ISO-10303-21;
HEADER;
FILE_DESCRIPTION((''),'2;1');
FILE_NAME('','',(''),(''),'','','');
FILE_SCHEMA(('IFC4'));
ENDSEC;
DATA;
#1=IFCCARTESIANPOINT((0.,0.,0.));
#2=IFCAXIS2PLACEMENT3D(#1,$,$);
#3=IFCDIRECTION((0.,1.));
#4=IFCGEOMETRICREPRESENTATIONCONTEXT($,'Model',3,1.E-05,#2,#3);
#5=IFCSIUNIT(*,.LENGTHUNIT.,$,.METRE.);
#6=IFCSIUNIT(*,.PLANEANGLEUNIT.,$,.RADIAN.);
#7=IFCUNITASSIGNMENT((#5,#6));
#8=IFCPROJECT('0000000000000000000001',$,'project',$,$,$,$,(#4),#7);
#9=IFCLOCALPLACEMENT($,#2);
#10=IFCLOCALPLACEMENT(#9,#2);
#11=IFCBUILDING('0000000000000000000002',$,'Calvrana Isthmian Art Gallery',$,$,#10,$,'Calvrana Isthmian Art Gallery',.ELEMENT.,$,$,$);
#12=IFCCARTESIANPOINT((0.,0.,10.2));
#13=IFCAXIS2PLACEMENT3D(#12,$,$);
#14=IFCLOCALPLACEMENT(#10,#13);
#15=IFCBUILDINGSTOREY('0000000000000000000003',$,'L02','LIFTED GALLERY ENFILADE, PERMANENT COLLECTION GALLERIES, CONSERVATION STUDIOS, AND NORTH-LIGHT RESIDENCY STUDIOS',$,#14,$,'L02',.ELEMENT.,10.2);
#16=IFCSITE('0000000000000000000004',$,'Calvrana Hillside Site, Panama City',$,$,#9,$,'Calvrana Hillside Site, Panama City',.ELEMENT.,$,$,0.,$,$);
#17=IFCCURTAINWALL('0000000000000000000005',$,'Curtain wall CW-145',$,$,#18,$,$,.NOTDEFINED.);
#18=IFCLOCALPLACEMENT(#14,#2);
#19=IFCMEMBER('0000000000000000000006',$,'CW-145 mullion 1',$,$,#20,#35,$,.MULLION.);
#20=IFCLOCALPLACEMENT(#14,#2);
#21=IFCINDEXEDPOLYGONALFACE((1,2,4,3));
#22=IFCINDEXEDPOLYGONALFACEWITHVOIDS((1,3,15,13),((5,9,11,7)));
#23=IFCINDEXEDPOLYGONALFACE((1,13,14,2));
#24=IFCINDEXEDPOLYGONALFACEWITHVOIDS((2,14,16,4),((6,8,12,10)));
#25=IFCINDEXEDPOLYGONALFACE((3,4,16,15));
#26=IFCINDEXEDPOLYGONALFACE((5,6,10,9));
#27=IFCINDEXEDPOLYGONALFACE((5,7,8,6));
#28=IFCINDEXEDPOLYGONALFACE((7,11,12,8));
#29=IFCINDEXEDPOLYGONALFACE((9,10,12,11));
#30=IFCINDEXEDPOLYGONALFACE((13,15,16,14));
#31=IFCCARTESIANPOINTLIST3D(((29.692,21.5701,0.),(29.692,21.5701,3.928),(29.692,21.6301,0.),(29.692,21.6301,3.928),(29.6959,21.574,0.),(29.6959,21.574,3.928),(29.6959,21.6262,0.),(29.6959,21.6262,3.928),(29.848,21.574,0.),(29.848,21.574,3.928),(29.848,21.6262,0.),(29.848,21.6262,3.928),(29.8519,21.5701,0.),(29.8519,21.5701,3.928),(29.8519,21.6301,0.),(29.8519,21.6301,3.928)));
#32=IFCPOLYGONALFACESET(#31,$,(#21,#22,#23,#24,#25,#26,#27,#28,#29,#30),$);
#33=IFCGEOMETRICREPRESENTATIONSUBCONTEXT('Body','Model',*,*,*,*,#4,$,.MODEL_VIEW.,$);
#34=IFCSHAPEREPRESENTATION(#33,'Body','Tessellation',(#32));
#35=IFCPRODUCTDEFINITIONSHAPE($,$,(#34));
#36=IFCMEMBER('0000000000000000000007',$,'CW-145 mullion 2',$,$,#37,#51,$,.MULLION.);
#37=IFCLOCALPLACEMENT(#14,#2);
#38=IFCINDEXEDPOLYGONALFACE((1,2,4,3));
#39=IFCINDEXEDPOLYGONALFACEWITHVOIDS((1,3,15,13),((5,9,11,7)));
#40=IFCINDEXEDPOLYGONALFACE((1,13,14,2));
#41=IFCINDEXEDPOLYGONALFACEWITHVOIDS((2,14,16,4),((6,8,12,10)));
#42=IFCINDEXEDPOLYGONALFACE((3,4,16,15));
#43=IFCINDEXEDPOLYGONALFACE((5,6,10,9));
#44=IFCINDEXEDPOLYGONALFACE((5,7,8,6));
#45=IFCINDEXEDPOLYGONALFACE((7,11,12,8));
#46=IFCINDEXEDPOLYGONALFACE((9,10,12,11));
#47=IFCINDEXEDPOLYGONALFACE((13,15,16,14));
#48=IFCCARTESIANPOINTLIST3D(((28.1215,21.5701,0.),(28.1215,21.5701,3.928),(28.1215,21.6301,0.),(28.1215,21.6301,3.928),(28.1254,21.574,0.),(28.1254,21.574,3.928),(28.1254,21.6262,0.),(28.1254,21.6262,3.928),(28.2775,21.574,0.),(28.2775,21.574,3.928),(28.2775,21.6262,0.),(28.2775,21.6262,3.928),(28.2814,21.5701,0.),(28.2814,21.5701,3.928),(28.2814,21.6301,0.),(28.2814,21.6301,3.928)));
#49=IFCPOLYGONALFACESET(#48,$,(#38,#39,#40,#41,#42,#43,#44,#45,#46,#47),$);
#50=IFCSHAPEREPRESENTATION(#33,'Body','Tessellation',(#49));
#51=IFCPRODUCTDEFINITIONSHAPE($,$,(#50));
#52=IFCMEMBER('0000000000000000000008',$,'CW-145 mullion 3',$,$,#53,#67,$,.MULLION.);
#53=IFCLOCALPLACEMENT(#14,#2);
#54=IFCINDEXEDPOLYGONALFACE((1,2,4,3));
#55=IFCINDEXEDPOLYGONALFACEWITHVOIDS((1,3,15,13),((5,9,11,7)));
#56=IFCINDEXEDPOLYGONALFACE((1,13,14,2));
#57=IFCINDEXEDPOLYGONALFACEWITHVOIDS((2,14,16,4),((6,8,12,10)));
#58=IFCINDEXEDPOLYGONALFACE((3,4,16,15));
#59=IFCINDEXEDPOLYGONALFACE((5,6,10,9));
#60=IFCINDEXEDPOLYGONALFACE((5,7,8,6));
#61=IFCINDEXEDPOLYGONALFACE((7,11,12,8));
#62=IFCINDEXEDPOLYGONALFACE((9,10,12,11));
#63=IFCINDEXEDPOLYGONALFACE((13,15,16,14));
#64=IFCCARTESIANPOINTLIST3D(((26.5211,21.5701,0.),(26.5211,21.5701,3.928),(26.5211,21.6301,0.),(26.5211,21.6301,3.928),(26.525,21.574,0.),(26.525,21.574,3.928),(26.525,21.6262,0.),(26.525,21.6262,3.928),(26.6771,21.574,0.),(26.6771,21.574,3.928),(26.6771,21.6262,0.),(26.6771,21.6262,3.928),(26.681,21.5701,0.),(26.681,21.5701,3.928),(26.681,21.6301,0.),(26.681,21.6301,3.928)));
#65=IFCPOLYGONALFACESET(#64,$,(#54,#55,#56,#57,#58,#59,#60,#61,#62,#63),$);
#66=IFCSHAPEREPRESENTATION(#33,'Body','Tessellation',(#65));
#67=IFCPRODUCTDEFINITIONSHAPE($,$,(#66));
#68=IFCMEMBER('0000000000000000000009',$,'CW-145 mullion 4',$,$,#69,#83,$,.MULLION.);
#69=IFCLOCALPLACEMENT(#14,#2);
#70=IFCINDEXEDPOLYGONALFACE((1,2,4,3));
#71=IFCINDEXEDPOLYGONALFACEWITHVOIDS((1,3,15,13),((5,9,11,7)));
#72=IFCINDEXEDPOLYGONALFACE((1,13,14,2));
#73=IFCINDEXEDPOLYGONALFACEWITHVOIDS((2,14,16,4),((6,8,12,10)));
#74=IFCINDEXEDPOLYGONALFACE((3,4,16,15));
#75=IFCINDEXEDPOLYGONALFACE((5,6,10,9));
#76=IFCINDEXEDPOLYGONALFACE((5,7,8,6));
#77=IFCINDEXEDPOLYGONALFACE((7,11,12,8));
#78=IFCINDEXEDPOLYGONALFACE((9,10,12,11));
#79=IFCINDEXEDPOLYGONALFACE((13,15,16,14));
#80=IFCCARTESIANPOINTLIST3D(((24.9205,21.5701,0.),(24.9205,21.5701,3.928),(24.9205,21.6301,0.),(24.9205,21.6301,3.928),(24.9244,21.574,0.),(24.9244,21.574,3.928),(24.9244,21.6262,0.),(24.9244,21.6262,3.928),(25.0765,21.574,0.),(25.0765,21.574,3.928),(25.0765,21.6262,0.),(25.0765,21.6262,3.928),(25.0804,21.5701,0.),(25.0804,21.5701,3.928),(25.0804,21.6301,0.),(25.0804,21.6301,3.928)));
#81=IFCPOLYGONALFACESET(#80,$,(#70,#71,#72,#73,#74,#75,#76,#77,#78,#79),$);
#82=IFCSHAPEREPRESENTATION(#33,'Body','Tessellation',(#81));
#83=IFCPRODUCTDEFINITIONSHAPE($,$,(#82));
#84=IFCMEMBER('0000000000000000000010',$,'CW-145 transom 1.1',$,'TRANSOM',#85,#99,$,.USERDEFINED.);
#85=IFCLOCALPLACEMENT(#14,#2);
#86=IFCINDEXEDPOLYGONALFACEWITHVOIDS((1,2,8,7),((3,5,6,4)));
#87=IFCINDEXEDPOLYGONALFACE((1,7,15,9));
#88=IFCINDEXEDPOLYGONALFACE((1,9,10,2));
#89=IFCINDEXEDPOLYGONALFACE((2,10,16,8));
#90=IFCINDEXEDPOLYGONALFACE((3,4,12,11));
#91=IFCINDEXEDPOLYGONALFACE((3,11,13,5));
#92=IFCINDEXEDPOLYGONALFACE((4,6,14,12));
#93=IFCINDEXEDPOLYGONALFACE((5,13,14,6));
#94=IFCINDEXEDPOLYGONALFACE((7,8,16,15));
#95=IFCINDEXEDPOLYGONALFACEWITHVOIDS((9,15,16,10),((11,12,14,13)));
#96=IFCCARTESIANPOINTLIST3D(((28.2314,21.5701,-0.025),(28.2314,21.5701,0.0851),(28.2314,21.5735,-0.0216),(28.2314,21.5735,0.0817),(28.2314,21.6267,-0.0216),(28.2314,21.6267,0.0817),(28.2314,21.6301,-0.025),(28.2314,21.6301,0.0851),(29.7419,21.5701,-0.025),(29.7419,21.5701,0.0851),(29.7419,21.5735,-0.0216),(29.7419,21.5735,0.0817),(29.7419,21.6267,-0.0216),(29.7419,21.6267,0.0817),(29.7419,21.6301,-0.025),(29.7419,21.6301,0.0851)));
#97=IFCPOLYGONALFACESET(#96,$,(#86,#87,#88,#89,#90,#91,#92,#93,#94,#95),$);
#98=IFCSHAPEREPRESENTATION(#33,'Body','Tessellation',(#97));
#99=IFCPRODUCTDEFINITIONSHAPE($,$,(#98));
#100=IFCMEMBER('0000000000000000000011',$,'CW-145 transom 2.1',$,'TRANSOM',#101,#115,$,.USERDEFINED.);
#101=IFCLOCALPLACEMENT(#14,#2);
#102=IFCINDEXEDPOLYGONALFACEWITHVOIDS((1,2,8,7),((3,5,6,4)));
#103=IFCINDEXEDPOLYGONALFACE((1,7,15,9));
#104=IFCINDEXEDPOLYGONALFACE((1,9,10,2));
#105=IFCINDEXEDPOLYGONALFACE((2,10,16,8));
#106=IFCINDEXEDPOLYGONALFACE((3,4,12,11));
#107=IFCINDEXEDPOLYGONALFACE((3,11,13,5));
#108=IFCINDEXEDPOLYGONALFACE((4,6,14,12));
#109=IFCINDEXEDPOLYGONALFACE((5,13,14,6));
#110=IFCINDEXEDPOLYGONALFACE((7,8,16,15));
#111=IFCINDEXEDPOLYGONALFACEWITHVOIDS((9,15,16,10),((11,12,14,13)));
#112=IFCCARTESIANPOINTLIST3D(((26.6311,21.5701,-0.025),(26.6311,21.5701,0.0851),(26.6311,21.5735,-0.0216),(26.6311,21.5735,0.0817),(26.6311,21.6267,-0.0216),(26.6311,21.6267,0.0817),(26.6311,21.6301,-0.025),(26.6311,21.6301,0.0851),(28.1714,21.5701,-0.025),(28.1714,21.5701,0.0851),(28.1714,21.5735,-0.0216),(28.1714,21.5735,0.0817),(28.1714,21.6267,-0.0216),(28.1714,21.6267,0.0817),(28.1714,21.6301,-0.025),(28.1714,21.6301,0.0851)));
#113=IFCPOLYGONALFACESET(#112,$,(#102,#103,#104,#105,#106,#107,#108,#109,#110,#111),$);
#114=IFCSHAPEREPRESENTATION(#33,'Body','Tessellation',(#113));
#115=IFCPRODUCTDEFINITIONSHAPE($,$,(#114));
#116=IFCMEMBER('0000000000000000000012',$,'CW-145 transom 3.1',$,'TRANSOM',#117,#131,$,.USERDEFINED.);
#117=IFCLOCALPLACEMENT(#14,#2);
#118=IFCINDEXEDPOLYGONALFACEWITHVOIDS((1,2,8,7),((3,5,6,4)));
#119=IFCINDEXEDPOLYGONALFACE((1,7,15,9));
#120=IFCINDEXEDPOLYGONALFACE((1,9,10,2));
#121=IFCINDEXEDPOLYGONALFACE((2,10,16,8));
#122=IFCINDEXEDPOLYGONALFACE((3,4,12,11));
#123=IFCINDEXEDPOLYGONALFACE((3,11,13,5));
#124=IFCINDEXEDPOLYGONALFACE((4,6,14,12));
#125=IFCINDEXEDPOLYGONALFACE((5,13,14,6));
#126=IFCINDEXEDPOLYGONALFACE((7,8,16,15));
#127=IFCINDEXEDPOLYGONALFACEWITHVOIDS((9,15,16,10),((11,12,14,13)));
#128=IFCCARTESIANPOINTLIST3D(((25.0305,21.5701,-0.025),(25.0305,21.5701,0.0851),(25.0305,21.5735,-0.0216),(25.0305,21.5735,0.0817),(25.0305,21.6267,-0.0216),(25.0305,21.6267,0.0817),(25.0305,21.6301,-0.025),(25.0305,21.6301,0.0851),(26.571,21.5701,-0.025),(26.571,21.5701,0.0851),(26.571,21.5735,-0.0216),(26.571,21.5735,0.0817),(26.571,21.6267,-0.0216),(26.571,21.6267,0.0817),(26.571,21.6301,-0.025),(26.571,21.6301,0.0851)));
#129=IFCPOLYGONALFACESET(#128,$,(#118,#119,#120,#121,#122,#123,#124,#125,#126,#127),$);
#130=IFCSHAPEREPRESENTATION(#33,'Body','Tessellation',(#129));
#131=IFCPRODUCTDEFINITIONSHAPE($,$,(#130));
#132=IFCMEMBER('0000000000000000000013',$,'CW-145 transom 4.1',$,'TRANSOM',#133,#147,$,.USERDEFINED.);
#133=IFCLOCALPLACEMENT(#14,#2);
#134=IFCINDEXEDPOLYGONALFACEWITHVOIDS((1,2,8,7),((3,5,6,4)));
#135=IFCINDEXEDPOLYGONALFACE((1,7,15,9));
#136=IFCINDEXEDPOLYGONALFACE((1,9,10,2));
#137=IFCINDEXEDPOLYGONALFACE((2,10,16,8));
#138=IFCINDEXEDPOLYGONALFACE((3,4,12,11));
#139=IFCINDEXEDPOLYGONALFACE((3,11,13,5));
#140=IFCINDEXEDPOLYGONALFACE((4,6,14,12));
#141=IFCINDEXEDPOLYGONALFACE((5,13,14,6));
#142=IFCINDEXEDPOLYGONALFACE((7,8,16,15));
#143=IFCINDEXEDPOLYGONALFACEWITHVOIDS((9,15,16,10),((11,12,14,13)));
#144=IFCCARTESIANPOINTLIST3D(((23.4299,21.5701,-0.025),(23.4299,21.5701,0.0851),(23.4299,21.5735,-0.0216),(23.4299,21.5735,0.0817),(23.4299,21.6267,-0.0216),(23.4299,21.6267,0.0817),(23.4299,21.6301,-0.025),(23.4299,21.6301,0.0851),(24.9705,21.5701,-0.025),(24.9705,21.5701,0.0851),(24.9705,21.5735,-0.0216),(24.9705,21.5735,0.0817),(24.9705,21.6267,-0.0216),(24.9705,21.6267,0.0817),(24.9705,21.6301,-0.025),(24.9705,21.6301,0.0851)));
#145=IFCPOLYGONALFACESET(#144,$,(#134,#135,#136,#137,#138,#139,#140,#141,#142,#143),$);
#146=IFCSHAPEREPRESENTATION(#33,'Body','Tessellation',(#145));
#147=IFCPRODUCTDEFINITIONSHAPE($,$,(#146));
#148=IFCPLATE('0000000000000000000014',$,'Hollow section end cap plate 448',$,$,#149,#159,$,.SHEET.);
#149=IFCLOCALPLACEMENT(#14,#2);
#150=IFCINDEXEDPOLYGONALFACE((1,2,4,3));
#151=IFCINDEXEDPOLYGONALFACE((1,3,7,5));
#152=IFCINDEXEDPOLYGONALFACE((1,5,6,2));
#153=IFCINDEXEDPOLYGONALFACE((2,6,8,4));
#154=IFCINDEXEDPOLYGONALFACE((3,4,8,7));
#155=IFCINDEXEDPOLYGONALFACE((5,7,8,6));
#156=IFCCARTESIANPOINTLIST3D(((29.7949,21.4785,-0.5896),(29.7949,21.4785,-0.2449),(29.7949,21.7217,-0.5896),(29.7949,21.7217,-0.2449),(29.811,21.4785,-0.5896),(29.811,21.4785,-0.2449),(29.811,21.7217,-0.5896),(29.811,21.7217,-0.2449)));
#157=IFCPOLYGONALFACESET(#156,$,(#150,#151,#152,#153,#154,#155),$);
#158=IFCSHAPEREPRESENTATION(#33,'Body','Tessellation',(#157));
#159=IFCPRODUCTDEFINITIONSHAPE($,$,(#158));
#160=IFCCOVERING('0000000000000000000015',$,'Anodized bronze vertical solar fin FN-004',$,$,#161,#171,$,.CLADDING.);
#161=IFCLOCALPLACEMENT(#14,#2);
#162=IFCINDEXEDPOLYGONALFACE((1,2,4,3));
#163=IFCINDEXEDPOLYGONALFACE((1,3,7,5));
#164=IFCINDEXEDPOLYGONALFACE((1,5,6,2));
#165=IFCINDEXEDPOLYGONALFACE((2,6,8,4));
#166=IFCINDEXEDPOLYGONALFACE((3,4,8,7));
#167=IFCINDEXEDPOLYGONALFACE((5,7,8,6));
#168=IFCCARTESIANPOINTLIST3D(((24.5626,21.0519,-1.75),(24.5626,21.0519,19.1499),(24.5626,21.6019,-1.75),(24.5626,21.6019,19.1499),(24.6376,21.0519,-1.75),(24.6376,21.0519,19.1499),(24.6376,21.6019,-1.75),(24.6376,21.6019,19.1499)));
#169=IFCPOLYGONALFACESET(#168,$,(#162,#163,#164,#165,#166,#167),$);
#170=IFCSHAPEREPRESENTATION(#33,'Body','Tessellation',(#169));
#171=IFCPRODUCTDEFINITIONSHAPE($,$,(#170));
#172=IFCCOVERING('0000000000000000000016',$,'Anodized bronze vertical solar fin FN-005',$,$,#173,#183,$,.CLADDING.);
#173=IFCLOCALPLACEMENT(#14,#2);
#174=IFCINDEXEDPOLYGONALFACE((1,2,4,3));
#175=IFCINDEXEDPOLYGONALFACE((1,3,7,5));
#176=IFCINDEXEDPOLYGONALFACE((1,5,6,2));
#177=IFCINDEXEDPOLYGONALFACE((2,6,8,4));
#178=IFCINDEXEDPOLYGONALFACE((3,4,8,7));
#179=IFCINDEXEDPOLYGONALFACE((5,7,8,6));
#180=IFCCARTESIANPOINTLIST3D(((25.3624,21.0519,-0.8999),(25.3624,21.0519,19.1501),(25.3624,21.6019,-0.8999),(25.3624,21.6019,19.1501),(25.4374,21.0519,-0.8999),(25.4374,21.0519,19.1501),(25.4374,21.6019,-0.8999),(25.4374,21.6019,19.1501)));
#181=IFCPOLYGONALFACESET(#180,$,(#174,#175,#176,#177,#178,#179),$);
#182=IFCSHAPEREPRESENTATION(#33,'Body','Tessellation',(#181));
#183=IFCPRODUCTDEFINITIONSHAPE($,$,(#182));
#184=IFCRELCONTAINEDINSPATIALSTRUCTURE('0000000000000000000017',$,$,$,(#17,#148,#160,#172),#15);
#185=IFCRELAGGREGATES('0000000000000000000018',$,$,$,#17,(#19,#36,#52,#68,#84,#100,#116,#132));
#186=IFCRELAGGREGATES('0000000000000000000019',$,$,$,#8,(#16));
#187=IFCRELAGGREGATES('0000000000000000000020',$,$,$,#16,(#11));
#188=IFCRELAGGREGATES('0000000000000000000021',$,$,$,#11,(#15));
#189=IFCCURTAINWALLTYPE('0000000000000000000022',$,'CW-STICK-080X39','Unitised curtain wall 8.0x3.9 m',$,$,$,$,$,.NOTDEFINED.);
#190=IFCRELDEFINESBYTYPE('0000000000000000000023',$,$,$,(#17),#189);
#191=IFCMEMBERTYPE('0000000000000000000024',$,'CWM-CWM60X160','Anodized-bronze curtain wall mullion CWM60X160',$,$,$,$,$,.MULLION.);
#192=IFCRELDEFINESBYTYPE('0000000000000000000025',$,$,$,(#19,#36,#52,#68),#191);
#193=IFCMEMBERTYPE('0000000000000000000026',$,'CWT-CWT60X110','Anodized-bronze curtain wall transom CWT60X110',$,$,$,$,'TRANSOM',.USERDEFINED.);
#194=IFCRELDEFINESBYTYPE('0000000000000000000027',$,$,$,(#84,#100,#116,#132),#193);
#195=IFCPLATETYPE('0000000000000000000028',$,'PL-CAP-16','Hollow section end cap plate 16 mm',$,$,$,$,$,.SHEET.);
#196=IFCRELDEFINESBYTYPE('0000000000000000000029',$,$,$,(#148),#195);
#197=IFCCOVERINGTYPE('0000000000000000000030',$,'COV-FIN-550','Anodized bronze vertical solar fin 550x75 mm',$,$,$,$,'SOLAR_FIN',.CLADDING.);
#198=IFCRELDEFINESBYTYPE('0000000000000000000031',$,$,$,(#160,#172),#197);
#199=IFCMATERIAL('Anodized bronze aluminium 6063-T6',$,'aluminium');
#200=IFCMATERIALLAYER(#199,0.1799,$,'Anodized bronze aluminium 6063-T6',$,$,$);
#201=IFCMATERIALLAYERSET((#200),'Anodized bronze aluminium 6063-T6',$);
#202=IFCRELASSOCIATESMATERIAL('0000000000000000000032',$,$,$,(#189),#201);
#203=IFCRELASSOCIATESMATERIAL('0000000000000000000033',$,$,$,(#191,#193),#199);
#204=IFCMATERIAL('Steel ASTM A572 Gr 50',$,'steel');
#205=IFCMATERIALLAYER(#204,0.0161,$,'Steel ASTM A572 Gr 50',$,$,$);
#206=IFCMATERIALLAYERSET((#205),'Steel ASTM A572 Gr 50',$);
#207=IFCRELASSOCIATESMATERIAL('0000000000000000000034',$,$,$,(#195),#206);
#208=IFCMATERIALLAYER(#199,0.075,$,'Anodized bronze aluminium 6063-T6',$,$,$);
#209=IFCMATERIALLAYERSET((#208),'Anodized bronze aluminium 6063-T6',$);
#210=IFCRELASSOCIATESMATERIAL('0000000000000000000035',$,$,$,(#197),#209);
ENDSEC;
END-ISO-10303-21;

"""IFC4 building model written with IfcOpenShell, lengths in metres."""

from ifc_helpers import new_model, si_unit, direction, frame, origin, origin_2d, place, context, subcontext, project, spatial, rectangle, hollow_rectangle, extrude, material, layer, layer_set, material_profile, profile_set, type_object, element, aggregate, save


model = new_model("IFC4")

# Units and contexts
model_context = context("Model", 3, precision=1e-05, world=origin(), true_north=direction((0.0, 1.0)))
body_context = subcontext(model_context, "Body", "Model", "MODEL_VIEW")
ifc_project = project(units=[si_unit("LENGTHUNIT", "METRE"), si_unit("PLANEANGLEUNIT", "RADIAN")], contexts=[model_context])

# Site, building, storey
site_placement = place(None, origin())
site = spatial("IfcSite", under=ifc_project, at=site_placement, Name="Calvrana Hillside Site, Panama City", LongName="Calvrana Hillside Site, Panama City", CompositionType="ELEMENT", RefElevation=0.0)
building_placement = place(site_placement, origin())
building = spatial("IfcBuilding", under=site, at=building_placement, Name="Calvrana Isthmian Art Gallery", LongName="Calvrana Isthmian Art Gallery", CompositionType="ELEMENT")
storey_placement = place(building_placement, frame((0.0, 0.0, 10.2)))
storey = spatial("IfcBuildingStorey", under=building, at=storey_placement, Name="L02", Description="LIFTED GALLERY ENFILADE, PERMANENT COLLECTION GALLERIES, CONSERVATION STUDIOS, AND NORTH-LIGHT RESIDENCY STUDIOS", LongName="L02", CompositionType="ELEMENT", Elevation=10.2)

# Curtain wall, members
ifc_material_1 = material(Name="Anodized bronze aluminium 6063-T6", Category="aluminium")
ifc_layer_1 = layer(ifc_material_1, 0.1799, Name="Anodized bronze aluminium 6063-T6")
ifc_layer_set_1 = layer_set([ifc_layer_1], Name="Anodized bronze aluminium 6063-T6")
curtain_wall_type = type_object("IfcCurtainWallType", Name="CW-STICK-080X39", Description="Unitised curtain wall 8.0x3.9 m", PredefinedType="NOTDEFINED", material=ifc_layer_set_1)
curtain_wall_placement = place(storey_placement, origin())
curtain_wall = element("IfcCurtainWall", 1, at=curtain_wall_placement, inside=storey, type_object=curtain_wall_type, Name="Curtain wall CW-145", PredefinedType="NOTDEFINED")
ifc_material_profile_1 = material_profile(ifc_material_1, hollow_rectangle(XDim=0.0601, YDim=0.1599, WallThickness=0.0039, at=origin_2d()), Name="CWM60X160")
ifc_profile_set_1 = profile_set([ifc_material_profile_1], Name="Anodized bronze aluminium 6063-T6")
member_type_1 = type_object("IfcMemberType", Name="CWM-CWM60X160", Description="Anodized-bronze curtain wall mullion CWM60X160", PredefinedType="MULLION", material=ifc_profile_set_1)
member_1_placement = place(storey_placement, frame((29.772, 21.6001, 0.0), z_axis=(0.0, 0.0, 1.0), x_axis=(0.0, -1.0, 0.0)))
member_1 = element("IfcMember", 2, at=member_1_placement, type_object=member_type_1, Name="CW-145 mullion 1", PredefinedType="MULLION", context=body_context, shape_type="SweptSolid", body=[
    extrude(hollow_rectangle(XDim=0.0601, YDim=0.1599, WallThickness=0.0039, at=origin_2d()), origin(), (0.0, 0.0, 1.0), 3.928),
])
member_2_placement = place(storey_placement, frame((28.2014, 21.6001, 0.0), z_axis=(0.0, 0.0, 1.0), x_axis=(0.0, -1.0, 0.0)))
member_2 = element("IfcMember", 3, at=member_2_placement, type_object=member_type_1, Name="CW-145 mullion 2", PredefinedType="MULLION", context=body_context, shape_type="SweptSolid", body=[
    extrude(hollow_rectangle(XDim=0.0601, YDim=0.1599, WallThickness=0.0039, at=origin_2d()), origin(), (0.0, 0.0, 1.0), 3.928),
])
member_3_placement = place(storey_placement, frame((26.6011, 21.6001, 0.0), z_axis=(0.0, 0.0, 1.0), x_axis=(0.0, -1.0, 0.0)))
member_3 = element("IfcMember", 4, at=member_3_placement, type_object=member_type_1, Name="CW-145 mullion 3", PredefinedType="MULLION", context=body_context, shape_type="SweptSolid", body=[
    extrude(hollow_rectangle(XDim=0.0601, YDim=0.1599, WallThickness=0.0039, at=origin_2d()), origin(), (0.0, 0.0, 1.0), 3.928),
])
member_4_placement = place(storey_placement, frame((25.0005, 21.6001, 0.0), z_axis=(0.0, 0.0, 1.0), x_axis=(0.0, -1.0, 0.0)))
member_4 = element("IfcMember", 5, at=member_4_placement, type_object=member_type_1, Name="CW-145 mullion 4", PredefinedType="MULLION", context=body_context, shape_type="SweptSolid", body=[
    extrude(hollow_rectangle(XDim=0.0601, YDim=0.1599, WallThickness=0.0039, at=origin_2d()), origin(), (0.0, 0.0, 1.0), 3.928),
])
ifc_material_profile_2 = material_profile(ifc_material_1, hollow_rectangle(XDim=0.0601, YDim=0.1101, WallThickness=0.0034, at=origin_2d()), Name="CWT60X110")
ifc_profile_set_2 = profile_set([ifc_material_profile_2], Name="Anodized bronze aluminium 6063-T6")
member_type_2 = type_object("IfcMemberType", Name="CWT-CWT60X110", Description="Anodized-bronze curtain wall transom CWT60X110", ElementType="TRANSOM", PredefinedType="USERDEFINED", material=ifc_profile_set_2)
member_5_placement = place(storey_placement, frame((29.7419, 21.6001, 0.03), z_axis=(-1.0, 0.0, 0.0), x_axis=(0.0, -1.0, 0.0)))
member_5 = element("IfcMember", 6, at=member_5_placement, type_object=member_type_2, Name="CW-145 transom 1.1", ObjectType="TRANSOM", PredefinedType="USERDEFINED", context=body_context, shape_type="SweptSolid", body=[
    extrude(hollow_rectangle(XDim=0.0601, YDim=0.1101, WallThickness=0.0034, at=origin_2d()), origin(), (0.0, 0.0, 1.0), 1.5105),
])
member_6_placement = place(storey_placement, frame((28.1714, 21.6001, 0.03), z_axis=(-1.0, 0.0, 0.0), x_axis=(0.0, -1.0, 0.0)))
member_6 = element("IfcMember", 7, at=member_6_placement, type_object=member_type_2, Name="CW-145 transom 2.1", ObjectType="TRANSOM", PredefinedType="USERDEFINED", context=body_context, shape_type="SweptSolid", body=[
    extrude(hollow_rectangle(XDim=0.0601, YDim=0.1101, WallThickness=0.0034, at=origin_2d()), origin(), (0.0, 0.0, 1.0), 1.5403),
])
member_7_placement = place(storey_placement, frame((26.571, 21.6001, 0.03), z_axis=(-1.0, 0.0, 0.0), x_axis=(0.0, -1.0, 0.0)))
member_7 = element("IfcMember", 8, at=member_7_placement, type_object=member_type_2, Name="CW-145 transom 3.1", ObjectType="TRANSOM", PredefinedType="USERDEFINED", context=body_context, shape_type="SweptSolid", body=[
    extrude(hollow_rectangle(XDim=0.0601, YDim=0.1101, WallThickness=0.0034, at=origin_2d()), origin(), (0.0, 0.0, 1.0), 1.5405),
])
member_8_placement = place(storey_placement, frame((24.9705, 21.6001, 0.03), z_axis=(-1.0, 0.0, 0.0), x_axis=(0.0, -1.0, 0.0)))
member_8 = element("IfcMember", 9, at=member_8_placement, type_object=member_type_2, Name="CW-145 transom 4.1", ObjectType="TRANSOM", PredefinedType="USERDEFINED", context=body_context, shape_type="SweptSolid", body=[
    extrude(hollow_rectangle(XDim=0.0601, YDim=0.1101, WallThickness=0.0034, at=origin_2d()), origin(), (0.0, 0.0, 1.0), 1.5405),
])
aggregate(curtain_wall, [member_1, member_2, member_3, member_4, member_5, member_6, member_7, member_8])

# Plate
ifc_material_2 = material(Name="Steel ASTM A572 Gr 50", Category="steel")
ifc_layer_2 = layer(ifc_material_2, 0.0161, Name="Steel ASTM A572 Gr 50")
ifc_layer_set_2 = layer_set([ifc_layer_2], Name="Steel ASTM A572 Gr 50")
plate_type = type_object("IfcPlateType", Name="PL-CAP-16", Description="Hollow section end cap plate 16 mm", PredefinedType="SHEET", material=ifc_layer_set_2)
plate_placement = place(storey_placement, frame((29.803, 21.6001, -0.5896), z_axis=(0.0, 0.0, 1.0), x_axis=(1.0, 0.0, 0.0)))
element("IfcPlate", 10, at=plate_placement, inside=storey, type_object=plate_type, Name="Hollow section end cap plate 448", PredefinedType="SHEET", context=body_context, shape_type="SweptSolid", body=[
    extrude(rectangle(XDim=0.0161, YDim=0.2432, at=origin_2d()), origin(), (0.0, 0.0, 1.0), 0.3447),
])

# Coverings
ifc_layer_3 = layer(ifc_material_1, 0.075, Name="Anodized bronze aluminium 6063-T6")
ifc_layer_set_3 = layer_set([ifc_layer_3], Name="Anodized bronze aluminium 6063-T6")
covering_type = type_object("IfcCoveringType", Name="COV-FIN-550", Description="Anodized bronze vertical solar fin 550x75 mm", ElementType="SOLAR_FIN", PredefinedType="CLADDING", material=ifc_layer_set_3)
covering_1_placement = place(storey_placement, frame((24.6001, 21.3269, -1.75), z_axis=(0.0, 0.0, 1.0), x_axis=(1.0, 0.0, 0.0)))
element("IfcCovering", 11, at=covering_1_placement, inside=storey, type_object=covering_type, Name="Anodized bronze vertical solar fin FN-004", PredefinedType="CLADDING", context=body_context, shape_type="SweptSolid", body=[
    extrude(rectangle(XDim=0.075, YDim=0.55, at=origin_2d()), origin(), (0.0, 0.0, 1.0), 20.8999),
])
covering_2_placement = place(storey_placement, frame((25.3999, 21.3269, -0.8999), z_axis=(0.0, 0.0, 1.0), x_axis=(1.0, 0.0, 0.0)))
element("IfcCovering", 12, at=covering_2_placement, inside=storey, type_object=covering_type, Name="Anodized bronze vertical solar fin FN-005", PredefinedType="CLADDING", context=body_context, shape_type="SweptSolid", body=[
    extrude(rectangle(XDim=0.075, YDim=0.55, at=origin_2d()), origin(), (0.0, 0.0, 1.0), 20.05),
])

save(model, "model.ifc")
